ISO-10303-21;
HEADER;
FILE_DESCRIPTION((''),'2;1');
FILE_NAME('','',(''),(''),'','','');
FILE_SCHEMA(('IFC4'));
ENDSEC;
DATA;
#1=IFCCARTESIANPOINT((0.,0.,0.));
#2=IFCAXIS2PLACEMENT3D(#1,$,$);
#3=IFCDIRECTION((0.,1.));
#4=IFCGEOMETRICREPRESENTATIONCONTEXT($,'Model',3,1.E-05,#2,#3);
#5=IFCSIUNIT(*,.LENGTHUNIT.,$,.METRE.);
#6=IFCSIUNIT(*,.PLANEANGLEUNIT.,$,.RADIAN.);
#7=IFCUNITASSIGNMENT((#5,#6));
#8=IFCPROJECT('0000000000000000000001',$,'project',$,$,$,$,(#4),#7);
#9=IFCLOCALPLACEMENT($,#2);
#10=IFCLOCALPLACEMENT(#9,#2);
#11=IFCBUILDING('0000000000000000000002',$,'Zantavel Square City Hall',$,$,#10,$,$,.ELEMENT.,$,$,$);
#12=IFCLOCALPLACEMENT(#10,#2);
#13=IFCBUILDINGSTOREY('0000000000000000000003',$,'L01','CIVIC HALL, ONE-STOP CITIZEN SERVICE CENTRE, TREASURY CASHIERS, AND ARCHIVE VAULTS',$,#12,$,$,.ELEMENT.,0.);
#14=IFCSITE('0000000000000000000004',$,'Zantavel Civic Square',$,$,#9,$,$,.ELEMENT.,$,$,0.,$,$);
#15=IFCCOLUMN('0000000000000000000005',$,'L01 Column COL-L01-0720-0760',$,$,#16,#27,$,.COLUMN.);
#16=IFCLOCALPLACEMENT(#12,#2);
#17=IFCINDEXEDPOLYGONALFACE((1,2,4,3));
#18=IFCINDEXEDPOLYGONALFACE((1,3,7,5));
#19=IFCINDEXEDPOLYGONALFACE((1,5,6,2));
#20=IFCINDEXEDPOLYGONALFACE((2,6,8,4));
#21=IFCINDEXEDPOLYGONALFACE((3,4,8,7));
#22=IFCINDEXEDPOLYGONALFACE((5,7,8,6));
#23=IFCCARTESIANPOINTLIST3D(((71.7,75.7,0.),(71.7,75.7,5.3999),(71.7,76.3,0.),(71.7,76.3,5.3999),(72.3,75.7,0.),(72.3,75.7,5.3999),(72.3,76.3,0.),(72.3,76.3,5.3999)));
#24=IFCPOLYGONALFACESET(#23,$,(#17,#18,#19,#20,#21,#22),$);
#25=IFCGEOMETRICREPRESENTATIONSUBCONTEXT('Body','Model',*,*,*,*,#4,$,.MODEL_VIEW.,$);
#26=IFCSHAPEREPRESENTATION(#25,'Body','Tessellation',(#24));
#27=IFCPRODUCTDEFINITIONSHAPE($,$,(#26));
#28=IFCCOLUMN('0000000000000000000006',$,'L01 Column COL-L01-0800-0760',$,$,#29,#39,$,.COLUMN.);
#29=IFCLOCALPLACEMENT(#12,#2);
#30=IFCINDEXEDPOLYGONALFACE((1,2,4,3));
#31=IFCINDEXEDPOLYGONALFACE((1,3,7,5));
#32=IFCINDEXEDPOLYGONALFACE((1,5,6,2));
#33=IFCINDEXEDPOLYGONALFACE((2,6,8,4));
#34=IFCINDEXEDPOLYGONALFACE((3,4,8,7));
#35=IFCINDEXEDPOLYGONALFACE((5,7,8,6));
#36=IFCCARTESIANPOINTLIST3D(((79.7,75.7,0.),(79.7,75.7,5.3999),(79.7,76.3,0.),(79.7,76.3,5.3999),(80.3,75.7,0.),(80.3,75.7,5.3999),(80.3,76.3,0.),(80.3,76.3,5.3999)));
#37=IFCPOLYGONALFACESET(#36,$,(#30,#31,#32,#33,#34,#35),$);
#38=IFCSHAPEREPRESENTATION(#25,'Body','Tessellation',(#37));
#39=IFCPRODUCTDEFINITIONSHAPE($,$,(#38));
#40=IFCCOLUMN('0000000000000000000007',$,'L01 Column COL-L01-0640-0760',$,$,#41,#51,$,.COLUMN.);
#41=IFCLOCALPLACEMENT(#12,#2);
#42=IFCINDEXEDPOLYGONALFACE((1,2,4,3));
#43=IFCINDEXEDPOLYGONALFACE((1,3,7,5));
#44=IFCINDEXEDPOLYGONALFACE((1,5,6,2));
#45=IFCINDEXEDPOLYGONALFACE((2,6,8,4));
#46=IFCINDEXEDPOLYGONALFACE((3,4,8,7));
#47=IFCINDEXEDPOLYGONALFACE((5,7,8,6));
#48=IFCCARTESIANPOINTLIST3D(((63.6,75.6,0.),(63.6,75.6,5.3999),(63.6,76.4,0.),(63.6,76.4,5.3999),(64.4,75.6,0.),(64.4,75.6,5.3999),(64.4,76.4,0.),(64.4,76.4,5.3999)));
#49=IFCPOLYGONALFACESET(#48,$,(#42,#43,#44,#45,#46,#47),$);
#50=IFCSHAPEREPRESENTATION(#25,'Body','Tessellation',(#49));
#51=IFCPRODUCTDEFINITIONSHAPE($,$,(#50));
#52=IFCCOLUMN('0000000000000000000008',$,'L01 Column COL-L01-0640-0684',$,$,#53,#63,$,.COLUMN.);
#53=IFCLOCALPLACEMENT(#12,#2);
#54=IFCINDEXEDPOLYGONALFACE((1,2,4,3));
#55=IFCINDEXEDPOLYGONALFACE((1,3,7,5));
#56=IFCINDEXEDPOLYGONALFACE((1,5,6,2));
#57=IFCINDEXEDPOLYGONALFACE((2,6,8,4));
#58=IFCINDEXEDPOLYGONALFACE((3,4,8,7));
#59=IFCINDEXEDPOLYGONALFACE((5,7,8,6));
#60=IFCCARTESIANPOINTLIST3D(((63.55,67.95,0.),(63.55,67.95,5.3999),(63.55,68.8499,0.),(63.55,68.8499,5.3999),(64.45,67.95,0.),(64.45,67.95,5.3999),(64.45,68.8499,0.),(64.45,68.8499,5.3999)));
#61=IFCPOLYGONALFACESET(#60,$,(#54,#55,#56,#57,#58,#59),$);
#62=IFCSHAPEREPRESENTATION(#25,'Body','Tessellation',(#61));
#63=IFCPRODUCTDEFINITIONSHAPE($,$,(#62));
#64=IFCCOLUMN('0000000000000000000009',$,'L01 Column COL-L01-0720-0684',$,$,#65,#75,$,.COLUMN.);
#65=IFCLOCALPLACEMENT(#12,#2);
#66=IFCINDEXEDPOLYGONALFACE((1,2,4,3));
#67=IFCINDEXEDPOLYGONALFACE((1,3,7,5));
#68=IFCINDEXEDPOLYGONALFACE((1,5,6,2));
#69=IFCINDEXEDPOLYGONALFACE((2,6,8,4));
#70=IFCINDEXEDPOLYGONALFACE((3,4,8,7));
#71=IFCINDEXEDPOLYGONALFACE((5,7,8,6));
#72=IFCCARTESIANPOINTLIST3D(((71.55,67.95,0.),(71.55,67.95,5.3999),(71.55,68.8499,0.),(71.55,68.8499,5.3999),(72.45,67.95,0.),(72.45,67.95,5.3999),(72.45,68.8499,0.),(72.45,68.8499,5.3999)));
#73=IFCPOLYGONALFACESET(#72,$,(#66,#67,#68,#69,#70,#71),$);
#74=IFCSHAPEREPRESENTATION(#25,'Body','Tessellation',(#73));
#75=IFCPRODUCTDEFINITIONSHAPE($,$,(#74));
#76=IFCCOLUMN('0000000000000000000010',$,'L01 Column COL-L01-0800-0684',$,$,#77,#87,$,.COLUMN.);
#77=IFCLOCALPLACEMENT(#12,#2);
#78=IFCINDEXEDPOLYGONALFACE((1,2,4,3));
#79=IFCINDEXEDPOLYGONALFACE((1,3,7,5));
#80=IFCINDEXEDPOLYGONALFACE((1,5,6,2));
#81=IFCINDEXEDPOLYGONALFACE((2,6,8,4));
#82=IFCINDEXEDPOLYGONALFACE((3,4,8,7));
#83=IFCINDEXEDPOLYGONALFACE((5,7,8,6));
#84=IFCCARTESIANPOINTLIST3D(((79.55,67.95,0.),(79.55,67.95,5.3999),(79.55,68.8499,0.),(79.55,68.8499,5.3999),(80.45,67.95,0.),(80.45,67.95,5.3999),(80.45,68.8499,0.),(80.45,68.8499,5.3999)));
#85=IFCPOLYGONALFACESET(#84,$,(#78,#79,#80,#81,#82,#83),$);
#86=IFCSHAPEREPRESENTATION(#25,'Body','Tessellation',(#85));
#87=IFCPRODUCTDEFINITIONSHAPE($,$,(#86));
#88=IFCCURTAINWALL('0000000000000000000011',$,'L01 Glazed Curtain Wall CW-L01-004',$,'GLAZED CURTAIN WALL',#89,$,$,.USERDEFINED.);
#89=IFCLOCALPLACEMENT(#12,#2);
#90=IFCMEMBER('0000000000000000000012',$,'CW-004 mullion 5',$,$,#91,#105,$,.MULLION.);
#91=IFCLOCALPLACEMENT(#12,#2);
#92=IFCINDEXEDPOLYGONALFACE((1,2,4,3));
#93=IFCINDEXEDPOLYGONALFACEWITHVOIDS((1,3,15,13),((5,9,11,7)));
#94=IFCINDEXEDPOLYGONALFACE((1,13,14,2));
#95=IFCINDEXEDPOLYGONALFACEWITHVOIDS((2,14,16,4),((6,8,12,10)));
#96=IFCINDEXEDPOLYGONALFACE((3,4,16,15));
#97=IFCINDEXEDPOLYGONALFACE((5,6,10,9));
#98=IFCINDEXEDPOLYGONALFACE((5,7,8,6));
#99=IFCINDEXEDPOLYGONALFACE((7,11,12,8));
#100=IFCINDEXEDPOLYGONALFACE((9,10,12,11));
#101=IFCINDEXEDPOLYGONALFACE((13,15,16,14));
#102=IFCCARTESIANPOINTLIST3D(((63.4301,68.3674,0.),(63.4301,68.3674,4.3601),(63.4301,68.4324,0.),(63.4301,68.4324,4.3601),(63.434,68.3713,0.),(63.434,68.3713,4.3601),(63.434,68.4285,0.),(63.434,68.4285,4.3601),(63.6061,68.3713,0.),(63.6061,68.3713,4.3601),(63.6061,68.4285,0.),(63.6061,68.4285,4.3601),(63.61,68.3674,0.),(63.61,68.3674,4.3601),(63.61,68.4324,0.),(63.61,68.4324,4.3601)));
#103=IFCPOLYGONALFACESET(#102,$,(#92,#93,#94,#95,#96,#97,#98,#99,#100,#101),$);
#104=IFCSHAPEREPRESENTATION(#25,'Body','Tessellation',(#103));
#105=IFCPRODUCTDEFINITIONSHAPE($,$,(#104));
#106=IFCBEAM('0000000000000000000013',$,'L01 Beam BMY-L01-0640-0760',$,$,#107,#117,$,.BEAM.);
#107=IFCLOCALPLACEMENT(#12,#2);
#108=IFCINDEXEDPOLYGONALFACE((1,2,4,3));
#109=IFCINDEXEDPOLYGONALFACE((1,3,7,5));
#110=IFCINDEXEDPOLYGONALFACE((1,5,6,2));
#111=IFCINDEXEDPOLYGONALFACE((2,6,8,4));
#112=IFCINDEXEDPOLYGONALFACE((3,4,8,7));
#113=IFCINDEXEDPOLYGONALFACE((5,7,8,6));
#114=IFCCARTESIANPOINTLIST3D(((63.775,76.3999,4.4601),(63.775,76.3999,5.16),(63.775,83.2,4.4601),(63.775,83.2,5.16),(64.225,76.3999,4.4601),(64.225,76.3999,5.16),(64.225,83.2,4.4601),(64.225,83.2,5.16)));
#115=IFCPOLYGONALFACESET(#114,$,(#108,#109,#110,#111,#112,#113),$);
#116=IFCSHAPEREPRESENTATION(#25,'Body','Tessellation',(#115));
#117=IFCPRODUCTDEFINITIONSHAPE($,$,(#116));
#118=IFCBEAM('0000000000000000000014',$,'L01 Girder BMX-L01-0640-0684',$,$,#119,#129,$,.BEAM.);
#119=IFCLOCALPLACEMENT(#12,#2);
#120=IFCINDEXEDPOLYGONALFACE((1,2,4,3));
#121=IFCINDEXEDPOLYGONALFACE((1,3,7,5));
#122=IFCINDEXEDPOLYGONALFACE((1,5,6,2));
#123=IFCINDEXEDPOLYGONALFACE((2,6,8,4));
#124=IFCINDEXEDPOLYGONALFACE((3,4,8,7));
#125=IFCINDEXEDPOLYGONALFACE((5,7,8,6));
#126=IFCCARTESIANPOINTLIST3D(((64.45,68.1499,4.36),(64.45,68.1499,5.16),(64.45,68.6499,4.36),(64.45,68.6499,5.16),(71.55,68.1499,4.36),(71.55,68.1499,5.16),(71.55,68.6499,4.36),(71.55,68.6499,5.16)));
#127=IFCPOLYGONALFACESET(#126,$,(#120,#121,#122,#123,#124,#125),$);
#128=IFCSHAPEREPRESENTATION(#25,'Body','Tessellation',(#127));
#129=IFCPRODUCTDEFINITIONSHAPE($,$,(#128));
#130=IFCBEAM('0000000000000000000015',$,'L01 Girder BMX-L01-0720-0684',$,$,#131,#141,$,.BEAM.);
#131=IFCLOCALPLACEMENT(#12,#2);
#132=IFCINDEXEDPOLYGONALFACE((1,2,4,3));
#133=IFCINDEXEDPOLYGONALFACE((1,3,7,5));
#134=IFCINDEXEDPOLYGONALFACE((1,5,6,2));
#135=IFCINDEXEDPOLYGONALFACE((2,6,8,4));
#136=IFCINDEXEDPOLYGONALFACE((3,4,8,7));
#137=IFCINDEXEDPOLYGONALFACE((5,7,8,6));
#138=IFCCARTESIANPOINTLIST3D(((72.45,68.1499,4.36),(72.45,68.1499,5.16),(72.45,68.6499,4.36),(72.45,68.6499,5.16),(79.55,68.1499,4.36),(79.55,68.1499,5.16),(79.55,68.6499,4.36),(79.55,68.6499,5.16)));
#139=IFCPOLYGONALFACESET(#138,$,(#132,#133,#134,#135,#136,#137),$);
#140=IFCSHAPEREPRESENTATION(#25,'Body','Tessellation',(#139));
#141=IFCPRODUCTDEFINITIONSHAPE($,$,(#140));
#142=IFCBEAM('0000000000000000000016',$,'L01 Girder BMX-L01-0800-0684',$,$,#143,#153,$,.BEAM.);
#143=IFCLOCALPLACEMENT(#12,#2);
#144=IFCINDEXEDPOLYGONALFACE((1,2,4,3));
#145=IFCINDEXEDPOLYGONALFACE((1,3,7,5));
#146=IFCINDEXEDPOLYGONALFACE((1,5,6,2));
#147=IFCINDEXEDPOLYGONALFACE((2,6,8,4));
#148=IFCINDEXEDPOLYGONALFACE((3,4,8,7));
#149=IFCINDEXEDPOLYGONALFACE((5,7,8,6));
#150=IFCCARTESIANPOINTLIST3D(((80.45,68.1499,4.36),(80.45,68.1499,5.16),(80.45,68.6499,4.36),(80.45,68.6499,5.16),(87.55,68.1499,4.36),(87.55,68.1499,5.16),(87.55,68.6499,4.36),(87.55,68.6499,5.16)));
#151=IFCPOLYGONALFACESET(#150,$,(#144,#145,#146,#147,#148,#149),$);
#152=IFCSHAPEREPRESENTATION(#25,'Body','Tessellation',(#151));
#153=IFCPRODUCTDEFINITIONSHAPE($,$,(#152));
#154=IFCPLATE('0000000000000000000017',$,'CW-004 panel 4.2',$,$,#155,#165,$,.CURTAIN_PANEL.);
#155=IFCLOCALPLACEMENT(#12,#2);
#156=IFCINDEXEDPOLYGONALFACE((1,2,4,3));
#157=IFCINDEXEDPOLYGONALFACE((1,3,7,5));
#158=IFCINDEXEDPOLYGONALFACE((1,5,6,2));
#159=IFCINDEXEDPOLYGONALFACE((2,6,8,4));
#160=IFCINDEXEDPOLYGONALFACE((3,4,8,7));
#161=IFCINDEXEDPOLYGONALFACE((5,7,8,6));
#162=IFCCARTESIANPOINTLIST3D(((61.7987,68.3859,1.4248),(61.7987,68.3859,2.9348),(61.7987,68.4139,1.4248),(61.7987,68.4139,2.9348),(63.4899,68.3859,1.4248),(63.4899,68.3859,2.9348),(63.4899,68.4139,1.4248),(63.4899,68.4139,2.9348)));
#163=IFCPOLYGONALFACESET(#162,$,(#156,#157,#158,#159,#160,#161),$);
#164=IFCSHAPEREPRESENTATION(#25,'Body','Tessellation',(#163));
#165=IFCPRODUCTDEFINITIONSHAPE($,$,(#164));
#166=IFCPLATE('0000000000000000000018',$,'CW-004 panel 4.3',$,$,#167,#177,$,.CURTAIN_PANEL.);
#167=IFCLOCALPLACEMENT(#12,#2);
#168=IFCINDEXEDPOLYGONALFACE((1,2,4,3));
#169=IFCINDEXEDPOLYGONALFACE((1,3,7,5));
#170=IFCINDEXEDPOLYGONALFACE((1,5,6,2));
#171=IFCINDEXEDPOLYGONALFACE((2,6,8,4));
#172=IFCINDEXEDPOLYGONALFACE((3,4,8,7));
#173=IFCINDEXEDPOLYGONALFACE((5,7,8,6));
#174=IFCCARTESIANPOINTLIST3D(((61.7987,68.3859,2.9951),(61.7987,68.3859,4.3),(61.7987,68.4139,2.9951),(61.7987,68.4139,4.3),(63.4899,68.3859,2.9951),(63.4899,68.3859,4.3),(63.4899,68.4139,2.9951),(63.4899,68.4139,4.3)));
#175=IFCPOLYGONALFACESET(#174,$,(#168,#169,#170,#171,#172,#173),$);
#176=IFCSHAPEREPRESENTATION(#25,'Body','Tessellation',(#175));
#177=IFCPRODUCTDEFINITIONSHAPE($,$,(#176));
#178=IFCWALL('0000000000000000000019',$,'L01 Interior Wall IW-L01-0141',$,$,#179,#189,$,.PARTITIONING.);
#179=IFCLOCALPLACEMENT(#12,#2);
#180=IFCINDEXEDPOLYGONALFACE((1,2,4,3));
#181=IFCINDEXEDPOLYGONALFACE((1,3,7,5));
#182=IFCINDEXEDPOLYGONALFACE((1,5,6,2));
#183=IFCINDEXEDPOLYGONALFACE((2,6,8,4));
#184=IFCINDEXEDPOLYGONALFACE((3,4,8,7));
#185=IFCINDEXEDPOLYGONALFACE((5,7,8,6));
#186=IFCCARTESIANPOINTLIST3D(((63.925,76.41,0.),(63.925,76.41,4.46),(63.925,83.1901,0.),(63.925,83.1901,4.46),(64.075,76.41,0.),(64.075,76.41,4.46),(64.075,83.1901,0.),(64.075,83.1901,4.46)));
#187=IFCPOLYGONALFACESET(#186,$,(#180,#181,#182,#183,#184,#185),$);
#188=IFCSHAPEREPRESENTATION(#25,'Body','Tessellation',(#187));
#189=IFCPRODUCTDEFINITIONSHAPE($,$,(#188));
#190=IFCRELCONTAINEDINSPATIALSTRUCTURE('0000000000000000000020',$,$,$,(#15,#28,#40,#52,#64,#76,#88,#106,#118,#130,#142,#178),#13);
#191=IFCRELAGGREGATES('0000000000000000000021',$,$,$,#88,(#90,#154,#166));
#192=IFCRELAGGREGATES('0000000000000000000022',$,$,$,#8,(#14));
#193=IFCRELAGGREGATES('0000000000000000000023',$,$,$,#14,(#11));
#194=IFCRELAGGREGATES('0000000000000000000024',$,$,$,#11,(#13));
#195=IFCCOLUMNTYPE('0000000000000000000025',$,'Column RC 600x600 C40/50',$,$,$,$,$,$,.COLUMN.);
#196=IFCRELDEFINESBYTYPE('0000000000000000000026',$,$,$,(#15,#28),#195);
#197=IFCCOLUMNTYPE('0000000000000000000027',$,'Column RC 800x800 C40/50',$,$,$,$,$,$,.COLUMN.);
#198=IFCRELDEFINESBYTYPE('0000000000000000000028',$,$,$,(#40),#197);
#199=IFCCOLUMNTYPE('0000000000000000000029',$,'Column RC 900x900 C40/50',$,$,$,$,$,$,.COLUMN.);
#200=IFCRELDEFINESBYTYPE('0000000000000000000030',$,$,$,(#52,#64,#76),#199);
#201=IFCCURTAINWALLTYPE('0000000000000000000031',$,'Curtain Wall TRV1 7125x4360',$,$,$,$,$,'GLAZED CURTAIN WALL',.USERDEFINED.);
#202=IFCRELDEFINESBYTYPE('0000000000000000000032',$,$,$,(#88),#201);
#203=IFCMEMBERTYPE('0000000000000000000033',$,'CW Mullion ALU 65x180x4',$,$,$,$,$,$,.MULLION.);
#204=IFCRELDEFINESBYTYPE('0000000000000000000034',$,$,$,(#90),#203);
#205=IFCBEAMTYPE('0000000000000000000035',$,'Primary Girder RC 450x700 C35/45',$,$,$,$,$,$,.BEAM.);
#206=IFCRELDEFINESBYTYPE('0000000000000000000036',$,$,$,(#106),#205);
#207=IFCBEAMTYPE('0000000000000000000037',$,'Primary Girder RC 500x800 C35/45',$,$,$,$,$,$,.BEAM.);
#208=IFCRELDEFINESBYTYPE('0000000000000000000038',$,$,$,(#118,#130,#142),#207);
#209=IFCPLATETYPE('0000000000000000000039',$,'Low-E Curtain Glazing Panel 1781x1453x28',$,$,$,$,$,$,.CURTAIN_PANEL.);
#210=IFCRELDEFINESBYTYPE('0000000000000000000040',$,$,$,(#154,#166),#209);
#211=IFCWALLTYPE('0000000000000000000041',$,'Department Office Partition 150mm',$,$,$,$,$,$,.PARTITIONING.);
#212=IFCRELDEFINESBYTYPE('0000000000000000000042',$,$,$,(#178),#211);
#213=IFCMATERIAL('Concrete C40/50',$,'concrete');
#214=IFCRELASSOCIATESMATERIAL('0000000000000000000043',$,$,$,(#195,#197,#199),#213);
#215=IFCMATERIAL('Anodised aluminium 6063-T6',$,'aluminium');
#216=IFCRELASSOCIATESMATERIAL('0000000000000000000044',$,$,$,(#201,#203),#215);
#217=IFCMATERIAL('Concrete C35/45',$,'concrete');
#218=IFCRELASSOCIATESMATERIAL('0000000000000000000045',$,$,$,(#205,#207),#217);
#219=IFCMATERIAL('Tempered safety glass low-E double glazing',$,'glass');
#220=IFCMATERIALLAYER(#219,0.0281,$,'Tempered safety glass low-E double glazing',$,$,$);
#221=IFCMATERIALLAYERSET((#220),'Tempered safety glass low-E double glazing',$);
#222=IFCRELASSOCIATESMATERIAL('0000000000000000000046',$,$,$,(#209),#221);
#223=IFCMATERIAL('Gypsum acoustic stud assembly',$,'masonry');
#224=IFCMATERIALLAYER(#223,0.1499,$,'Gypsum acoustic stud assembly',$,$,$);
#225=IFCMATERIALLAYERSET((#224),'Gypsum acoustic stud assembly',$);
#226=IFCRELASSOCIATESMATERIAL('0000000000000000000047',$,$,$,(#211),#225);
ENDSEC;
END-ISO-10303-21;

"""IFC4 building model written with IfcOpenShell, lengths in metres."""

from ifc_helpers import new_model, si_unit, direction, frame, frame_2d, origin, origin_2d, place, context, subcontext, project, spatial, rectangle, hollow_rectangle, extrude, material, layer, layer_set, material_profile, profile_set, type_object, element, aggregate, save


model = new_model("IFC4")

# Units and contexts
model_context = context("Model", 3, precision=1e-05, world=origin(), true_north=direction((0.0, 1.0)))
body_context = subcontext(model_context, "Body", "Model", "MODEL_VIEW")
ifc_project = project(units=[si_unit("LENGTHUNIT", "METRE"), si_unit("PLANEANGLEUNIT", "RADIAN")], contexts=[model_context])

# Site, building, storey
site_placement = place(None, origin())
site = spatial("IfcSite", under=ifc_project, at=site_placement, Name="Zantavel Civic Square", CompositionType="ELEMENT", RefElevation=0.0)
building_placement = place(site_placement, origin())
building = spatial("IfcBuilding", under=site, at=building_placement, Name="Zantavel Square City Hall", CompositionType="ELEMENT")
storey_placement = place(building_placement, origin())
storey = spatial("IfcBuildingStorey", under=building, at=storey_placement, Name="L01", Description="CIVIC HALL, ONE-STOP CITIZEN SERVICE CENTRE, TREASURY CASHIERS, AND ARCHIVE VAULTS", CompositionType="ELEMENT", Elevation=0.0)

# Columns
ifc_material_1 = material(Name="Concrete C40/50", Category="concrete")
ifc_material_profile_1 = material_profile(ifc_material_1, rectangle(XDim=0.6001, YDim=0.6001, at=origin_2d()), Name="RC 600x600")
ifc_profile_set_1 = profile_set([ifc_material_profile_1], Name="Concrete C40/50")
column_type_1 = type_object("IfcColumnType", Name="Column RC 600x600 C40/50", PredefinedType="COLUMN", material=ifc_profile_set_1)
for number, where, z_axis, x_axis, name in (
    (1, (72.0, 76.0, 0.0), (0.0, 0.0, 1.0), (1.0, 0.0, 0.0), "L01 Column COL-L01-0720-0760"),
    (2, (80.0, 76.0, 0.0), (0.0, 0.0, 1.0), (1.0, 0.0, 0.0), "L01 Column COL-L01-0800-0760"),
):
    element("IfcColumn", number, at=place(storey_placement, frame(where, z_axis=z_axis, x_axis=x_axis)), inside=storey, type_object=column_type_1, Name=name, PredefinedType="COLUMN", context=body_context, shape_type="SweptSolid", body=[
        extrude(rectangle(XDim=0.6001, YDim=0.6001, at=origin_2d()), origin(), (0.0, 0.0, 1.0), 5.3999),
    ])
ifc_material_profile_2 = material_profile(ifc_material_1, rectangle(XDim=0.8, YDim=0.8, at=origin_2d()), Name="RC 800x800")
ifc_profile_set_2 = profile_set([ifc_material_profile_2], Name="Concrete C40/50")
column_type_2 = type_object("IfcColumnType", Name="Column RC 800x800 C40/50", PredefinedType="COLUMN", material=ifc_profile_set_2)
column_placement = place(storey_placement, frame((64.0, 76.0, 0.0), z_axis=(0.0, 0.0, 1.0), x_axis=(1.0, 0.0, 0.0)))
element("IfcColumn", 3, at=column_placement, inside=storey, type_object=column_type_2, Name="L01 Column COL-L01-0640-0760", PredefinedType="COLUMN", context=body_context, shape_type="SweptSolid", body=[
    extrude(rectangle(XDim=0.8, YDim=0.8, at=origin_2d()), origin(), (0.0, 0.0, 1.0), 5.3999),
])
ifc_material_profile_3 = material_profile(ifc_material_1, rectangle(XDim=0.8999, YDim=0.8999, at=origin_2d()), Name="RC 900x900")
ifc_profile_set_3 = profile_set([ifc_material_profile_3], Name="Concrete C40/50")
column_type_3 = type_object("IfcColumnType", Name="Column RC 900x900 C40/50", PredefinedType="COLUMN", material=ifc_profile_set_3)
for number, where, z_axis, x_axis, name in (
    (4, (64.0, 68.3999, 0.0), (0.0, 0.0, 1.0), (1.0, 0.0, 0.0), "L01 Column COL-L01-0640-0684"),
    (5, (72.0, 68.3999, 0.0), (0.0, 0.0, 1.0), (1.0, 0.0, 0.0), "L01 Column COL-L01-0720-0684"),
    (6, (80.0, 68.3999, 0.0), (0.0, 0.0, 1.0), (1.0, 0.0, 0.0), "L01 Column COL-L01-0800-0684"),
):
    element("IfcColumn", number, at=place(storey_placement, frame(where, z_axis=z_axis, x_axis=x_axis)), inside=storey, type_object=column_type_3, Name=name, PredefinedType="COLUMN", context=body_context, shape_type="SweptSolid", body=[
        extrude(rectangle(XDim=0.8999, YDim=0.8999, at=origin_2d()), origin(), (0.0, 0.0, 1.0), 5.3999),
    ])

# Curtain wall, member
ifc_material_2 = material(Name="Anodised aluminium 6063-T6", Category="aluminium")
curtain_wall_type = type_object("IfcCurtainWallType", Name="Curtain Wall TRV1 7125x4360", ElementType="GLAZED CURTAIN WALL", PredefinedType="USERDEFINED", material=ifc_material_2)
curtain_wall_placement = place(storey_placement, origin())
curtain_wall = element("IfcCurtainWall", 7, at=curtain_wall_placement, inside=storey, type_object=curtain_wall_type, Name="L01 Glazed Curtain Wall CW-L01-004", ObjectType="GLAZED CURTAIN WALL", PredefinedType="USERDEFINED")
ifc_material_profile_4 = material_profile(ifc_material_2, hollow_rectangle(XDim=0.0649, YDim=0.1799, WallThickness=0.0039, at=origin_2d()), Name="ALU 65x180x4")
ifc_profile_set_4 = profile_set([ifc_material_profile_4], Name="Anodised aluminium 6063-T6")
member_type = type_object("IfcMemberType", Name="CW Mullion ALU 65x180x4", PredefinedType="MULLION", material=ifc_profile_set_4)
member_placement = place(storey_placement, frame((63.52, 68.3999, 0.0), z_axis=(0.0, 0.0, 1.0), x_axis=(0.0, 1.0, 0.0)))
member = element("IfcMember", 8, at=member_placement, type_object=member_type, Name="CW-004 mullion 5", PredefinedType="MULLION", context=body_context, shape_type="SweptSolid", body=[
    extrude(hollow_rectangle(XDim=0.0649, YDim=0.1799, WallThickness=0.0039, at=origin_2d()), origin(), (0.0, 0.0, 1.0), 4.3601),
])

# Beams
ifc_material_3 = material(Name="Concrete C35/45", Category="concrete")
ifc_material_profile_5 = material_profile(ifc_material_3, rectangle(XDim=0.45, YDim=0.7, at=origin_2d()), Name="RC 450x700")
ifc_profile_set_5 = profile_set([ifc_material_profile_5], Name="Concrete C35/45")
beam_type_1 = type_object("IfcBeamType", Name="Primary Girder RC 450x700 C35/45", PredefinedType="BEAM", material=ifc_profile_set_5)
beam_placement = place(storey_placement, frame((64.0, 76.3999, 4.8101), z_axis=(0.0, 1.0, 0.0), x_axis=(-1.0, 0.0, 0.0)))
element("IfcBeam", 9, at=beam_placement, inside=storey, type_object=beam_type_1, Name="L01 Beam BMY-L01-0640-0760", PredefinedType="BEAM", context=body_context, shape_type="SweptSolid", body=[
    extrude(rectangle(XDim=0.45, YDim=0.7, at=origin_2d()), origin(), (0.0, 0.0, 1.0), 6.8),
])
ifc_material_profile_6 = material_profile(ifc_material_3, rectangle(XDim=0.5, YDim=0.8, at=origin_2d()), Name="RC 500x800")
ifc_profile_set_6 = profile_set([ifc_material_profile_6], Name="Concrete C35/45")
beam_type_2 = type_object("IfcBeamType", Name="Primary Girder RC 500x800 C35/45", PredefinedType="BEAM", material=ifc_profile_set_6)
for number, where, z_axis, x_axis, name in (
    (10, (64.45, 68.3999, 4.76), (1.0, 0.0, 0.0), (0.0, 1.0, 0.0), "L01 Girder BMX-L01-0640-0684"),
    (11, (72.45, 68.3999, 4.76), (1.0, 0.0, 0.0), (0.0, 1.0, 0.0), "L01 Girder BMX-L01-0720-0684"),
    (12, (80.45, 68.3999, 4.76), (1.0, 0.0, 0.0), (0.0, 1.0, 0.0), "L01 Girder BMX-L01-0800-0684"),
):
    element("IfcBeam", number, at=place(storey_placement, frame(where, z_axis=z_axis, x_axis=x_axis)), inside=storey, type_object=beam_type_2, Name=name, PredefinedType="BEAM", context=body_context, shape_type="SweptSolid", body=[
        extrude(rectangle(XDim=0.5, YDim=0.8, at=origin_2d()), origin(), (0.0, 0.0, 1.0), 7.1001),
    ])

# Plates
ifc_material_4 = material(Name="Tempered safety glass low-E double glazing", Category="glass")
ifc_layer_1 = layer(ifc_material_4, 0.0281, Name="Tempered safety glass low-E double glazing")
ifc_layer_set_1 = layer_set([ifc_layer_1], Name="Tempered safety glass low-E double glazing")
plate_type = type_object("IfcPlateType", Name="Low-E Curtain Glazing Panel 1781x1453x28", PredefinedType="CURTAIN_PANEL", material=ifc_layer_set_1)
plate_1_placement = place(storey_placement, frame((62.6443, 68.3999, 1.4248), z_axis=(0.0, 0.0, 1.0), x_axis=(1.0, 0.0, 0.0)))
plate_1 = element("IfcPlate", 13, at=plate_1_placement, type_object=plate_type, Name="CW-004 panel 4.2", PredefinedType="CURTAIN_PANEL", context=body_context, shape_type="SweptSolid", body=[
    extrude(rectangle(XDim=1.6912, YDim=0.0281, at=origin_2d()), origin(), (0.0, 0.0, 1.0), 1.51),
])
plate_2_placement = place(storey_placement, frame((62.6443, 68.3999, 2.9951), z_axis=(0.0, 0.0, 1.0), x_axis=(1.0, 0.0, 0.0)))
plate_2 = element("IfcPlate", 14, at=plate_2_placement, type_object=plate_type, Name="CW-004 panel 4.3", PredefinedType="CURTAIN_PANEL", context=body_context, shape_type="SweptSolid", body=[
    extrude(rectangle(XDim=1.6912, YDim=0.0281, at=origin_2d()), origin(), (0.0, 0.0, 1.0), 1.3049),
])
aggregate(curtain_wall, [member, plate_1, plate_2])

# Wall
ifc_material_5 = material(Name="Gypsum acoustic stud assembly", Category="masonry")
ifc_layer_2 = layer(ifc_material_5, 0.1499, Name="Gypsum acoustic stud assembly")
ifc_layer_set_2 = layer_set([ifc_layer_2], Name="Gypsum acoustic stud assembly")
wall_type_1 = type_object("IfcWallType", Name="Department Office Partition 150mm", PredefinedType="PARTITIONING", material=ifc_layer_set_2)
wall_1_placement = place(storey_placement, frame((64.0, 76.4099, 0.0), z_axis=(0.0, 0.0, 1.0), x_axis=(0.0, 1.0, 0.0)))
element("IfcWall", 15, at=wall_1_placement, inside=storey, type_object=wall_type_1, Name="L01 Interior Wall IW-L01-0141", PredefinedType="PARTITIONING", context=body_context, shape_type="SweptSolid", body=[
    extrude(rectangle(XDim=6.78, YDim=0.1499, at=frame_2d((3.3901, 0.0))), origin(), (0.0, 0.0, 1.0), 4.46),
])

save(model, "model.ifc")
